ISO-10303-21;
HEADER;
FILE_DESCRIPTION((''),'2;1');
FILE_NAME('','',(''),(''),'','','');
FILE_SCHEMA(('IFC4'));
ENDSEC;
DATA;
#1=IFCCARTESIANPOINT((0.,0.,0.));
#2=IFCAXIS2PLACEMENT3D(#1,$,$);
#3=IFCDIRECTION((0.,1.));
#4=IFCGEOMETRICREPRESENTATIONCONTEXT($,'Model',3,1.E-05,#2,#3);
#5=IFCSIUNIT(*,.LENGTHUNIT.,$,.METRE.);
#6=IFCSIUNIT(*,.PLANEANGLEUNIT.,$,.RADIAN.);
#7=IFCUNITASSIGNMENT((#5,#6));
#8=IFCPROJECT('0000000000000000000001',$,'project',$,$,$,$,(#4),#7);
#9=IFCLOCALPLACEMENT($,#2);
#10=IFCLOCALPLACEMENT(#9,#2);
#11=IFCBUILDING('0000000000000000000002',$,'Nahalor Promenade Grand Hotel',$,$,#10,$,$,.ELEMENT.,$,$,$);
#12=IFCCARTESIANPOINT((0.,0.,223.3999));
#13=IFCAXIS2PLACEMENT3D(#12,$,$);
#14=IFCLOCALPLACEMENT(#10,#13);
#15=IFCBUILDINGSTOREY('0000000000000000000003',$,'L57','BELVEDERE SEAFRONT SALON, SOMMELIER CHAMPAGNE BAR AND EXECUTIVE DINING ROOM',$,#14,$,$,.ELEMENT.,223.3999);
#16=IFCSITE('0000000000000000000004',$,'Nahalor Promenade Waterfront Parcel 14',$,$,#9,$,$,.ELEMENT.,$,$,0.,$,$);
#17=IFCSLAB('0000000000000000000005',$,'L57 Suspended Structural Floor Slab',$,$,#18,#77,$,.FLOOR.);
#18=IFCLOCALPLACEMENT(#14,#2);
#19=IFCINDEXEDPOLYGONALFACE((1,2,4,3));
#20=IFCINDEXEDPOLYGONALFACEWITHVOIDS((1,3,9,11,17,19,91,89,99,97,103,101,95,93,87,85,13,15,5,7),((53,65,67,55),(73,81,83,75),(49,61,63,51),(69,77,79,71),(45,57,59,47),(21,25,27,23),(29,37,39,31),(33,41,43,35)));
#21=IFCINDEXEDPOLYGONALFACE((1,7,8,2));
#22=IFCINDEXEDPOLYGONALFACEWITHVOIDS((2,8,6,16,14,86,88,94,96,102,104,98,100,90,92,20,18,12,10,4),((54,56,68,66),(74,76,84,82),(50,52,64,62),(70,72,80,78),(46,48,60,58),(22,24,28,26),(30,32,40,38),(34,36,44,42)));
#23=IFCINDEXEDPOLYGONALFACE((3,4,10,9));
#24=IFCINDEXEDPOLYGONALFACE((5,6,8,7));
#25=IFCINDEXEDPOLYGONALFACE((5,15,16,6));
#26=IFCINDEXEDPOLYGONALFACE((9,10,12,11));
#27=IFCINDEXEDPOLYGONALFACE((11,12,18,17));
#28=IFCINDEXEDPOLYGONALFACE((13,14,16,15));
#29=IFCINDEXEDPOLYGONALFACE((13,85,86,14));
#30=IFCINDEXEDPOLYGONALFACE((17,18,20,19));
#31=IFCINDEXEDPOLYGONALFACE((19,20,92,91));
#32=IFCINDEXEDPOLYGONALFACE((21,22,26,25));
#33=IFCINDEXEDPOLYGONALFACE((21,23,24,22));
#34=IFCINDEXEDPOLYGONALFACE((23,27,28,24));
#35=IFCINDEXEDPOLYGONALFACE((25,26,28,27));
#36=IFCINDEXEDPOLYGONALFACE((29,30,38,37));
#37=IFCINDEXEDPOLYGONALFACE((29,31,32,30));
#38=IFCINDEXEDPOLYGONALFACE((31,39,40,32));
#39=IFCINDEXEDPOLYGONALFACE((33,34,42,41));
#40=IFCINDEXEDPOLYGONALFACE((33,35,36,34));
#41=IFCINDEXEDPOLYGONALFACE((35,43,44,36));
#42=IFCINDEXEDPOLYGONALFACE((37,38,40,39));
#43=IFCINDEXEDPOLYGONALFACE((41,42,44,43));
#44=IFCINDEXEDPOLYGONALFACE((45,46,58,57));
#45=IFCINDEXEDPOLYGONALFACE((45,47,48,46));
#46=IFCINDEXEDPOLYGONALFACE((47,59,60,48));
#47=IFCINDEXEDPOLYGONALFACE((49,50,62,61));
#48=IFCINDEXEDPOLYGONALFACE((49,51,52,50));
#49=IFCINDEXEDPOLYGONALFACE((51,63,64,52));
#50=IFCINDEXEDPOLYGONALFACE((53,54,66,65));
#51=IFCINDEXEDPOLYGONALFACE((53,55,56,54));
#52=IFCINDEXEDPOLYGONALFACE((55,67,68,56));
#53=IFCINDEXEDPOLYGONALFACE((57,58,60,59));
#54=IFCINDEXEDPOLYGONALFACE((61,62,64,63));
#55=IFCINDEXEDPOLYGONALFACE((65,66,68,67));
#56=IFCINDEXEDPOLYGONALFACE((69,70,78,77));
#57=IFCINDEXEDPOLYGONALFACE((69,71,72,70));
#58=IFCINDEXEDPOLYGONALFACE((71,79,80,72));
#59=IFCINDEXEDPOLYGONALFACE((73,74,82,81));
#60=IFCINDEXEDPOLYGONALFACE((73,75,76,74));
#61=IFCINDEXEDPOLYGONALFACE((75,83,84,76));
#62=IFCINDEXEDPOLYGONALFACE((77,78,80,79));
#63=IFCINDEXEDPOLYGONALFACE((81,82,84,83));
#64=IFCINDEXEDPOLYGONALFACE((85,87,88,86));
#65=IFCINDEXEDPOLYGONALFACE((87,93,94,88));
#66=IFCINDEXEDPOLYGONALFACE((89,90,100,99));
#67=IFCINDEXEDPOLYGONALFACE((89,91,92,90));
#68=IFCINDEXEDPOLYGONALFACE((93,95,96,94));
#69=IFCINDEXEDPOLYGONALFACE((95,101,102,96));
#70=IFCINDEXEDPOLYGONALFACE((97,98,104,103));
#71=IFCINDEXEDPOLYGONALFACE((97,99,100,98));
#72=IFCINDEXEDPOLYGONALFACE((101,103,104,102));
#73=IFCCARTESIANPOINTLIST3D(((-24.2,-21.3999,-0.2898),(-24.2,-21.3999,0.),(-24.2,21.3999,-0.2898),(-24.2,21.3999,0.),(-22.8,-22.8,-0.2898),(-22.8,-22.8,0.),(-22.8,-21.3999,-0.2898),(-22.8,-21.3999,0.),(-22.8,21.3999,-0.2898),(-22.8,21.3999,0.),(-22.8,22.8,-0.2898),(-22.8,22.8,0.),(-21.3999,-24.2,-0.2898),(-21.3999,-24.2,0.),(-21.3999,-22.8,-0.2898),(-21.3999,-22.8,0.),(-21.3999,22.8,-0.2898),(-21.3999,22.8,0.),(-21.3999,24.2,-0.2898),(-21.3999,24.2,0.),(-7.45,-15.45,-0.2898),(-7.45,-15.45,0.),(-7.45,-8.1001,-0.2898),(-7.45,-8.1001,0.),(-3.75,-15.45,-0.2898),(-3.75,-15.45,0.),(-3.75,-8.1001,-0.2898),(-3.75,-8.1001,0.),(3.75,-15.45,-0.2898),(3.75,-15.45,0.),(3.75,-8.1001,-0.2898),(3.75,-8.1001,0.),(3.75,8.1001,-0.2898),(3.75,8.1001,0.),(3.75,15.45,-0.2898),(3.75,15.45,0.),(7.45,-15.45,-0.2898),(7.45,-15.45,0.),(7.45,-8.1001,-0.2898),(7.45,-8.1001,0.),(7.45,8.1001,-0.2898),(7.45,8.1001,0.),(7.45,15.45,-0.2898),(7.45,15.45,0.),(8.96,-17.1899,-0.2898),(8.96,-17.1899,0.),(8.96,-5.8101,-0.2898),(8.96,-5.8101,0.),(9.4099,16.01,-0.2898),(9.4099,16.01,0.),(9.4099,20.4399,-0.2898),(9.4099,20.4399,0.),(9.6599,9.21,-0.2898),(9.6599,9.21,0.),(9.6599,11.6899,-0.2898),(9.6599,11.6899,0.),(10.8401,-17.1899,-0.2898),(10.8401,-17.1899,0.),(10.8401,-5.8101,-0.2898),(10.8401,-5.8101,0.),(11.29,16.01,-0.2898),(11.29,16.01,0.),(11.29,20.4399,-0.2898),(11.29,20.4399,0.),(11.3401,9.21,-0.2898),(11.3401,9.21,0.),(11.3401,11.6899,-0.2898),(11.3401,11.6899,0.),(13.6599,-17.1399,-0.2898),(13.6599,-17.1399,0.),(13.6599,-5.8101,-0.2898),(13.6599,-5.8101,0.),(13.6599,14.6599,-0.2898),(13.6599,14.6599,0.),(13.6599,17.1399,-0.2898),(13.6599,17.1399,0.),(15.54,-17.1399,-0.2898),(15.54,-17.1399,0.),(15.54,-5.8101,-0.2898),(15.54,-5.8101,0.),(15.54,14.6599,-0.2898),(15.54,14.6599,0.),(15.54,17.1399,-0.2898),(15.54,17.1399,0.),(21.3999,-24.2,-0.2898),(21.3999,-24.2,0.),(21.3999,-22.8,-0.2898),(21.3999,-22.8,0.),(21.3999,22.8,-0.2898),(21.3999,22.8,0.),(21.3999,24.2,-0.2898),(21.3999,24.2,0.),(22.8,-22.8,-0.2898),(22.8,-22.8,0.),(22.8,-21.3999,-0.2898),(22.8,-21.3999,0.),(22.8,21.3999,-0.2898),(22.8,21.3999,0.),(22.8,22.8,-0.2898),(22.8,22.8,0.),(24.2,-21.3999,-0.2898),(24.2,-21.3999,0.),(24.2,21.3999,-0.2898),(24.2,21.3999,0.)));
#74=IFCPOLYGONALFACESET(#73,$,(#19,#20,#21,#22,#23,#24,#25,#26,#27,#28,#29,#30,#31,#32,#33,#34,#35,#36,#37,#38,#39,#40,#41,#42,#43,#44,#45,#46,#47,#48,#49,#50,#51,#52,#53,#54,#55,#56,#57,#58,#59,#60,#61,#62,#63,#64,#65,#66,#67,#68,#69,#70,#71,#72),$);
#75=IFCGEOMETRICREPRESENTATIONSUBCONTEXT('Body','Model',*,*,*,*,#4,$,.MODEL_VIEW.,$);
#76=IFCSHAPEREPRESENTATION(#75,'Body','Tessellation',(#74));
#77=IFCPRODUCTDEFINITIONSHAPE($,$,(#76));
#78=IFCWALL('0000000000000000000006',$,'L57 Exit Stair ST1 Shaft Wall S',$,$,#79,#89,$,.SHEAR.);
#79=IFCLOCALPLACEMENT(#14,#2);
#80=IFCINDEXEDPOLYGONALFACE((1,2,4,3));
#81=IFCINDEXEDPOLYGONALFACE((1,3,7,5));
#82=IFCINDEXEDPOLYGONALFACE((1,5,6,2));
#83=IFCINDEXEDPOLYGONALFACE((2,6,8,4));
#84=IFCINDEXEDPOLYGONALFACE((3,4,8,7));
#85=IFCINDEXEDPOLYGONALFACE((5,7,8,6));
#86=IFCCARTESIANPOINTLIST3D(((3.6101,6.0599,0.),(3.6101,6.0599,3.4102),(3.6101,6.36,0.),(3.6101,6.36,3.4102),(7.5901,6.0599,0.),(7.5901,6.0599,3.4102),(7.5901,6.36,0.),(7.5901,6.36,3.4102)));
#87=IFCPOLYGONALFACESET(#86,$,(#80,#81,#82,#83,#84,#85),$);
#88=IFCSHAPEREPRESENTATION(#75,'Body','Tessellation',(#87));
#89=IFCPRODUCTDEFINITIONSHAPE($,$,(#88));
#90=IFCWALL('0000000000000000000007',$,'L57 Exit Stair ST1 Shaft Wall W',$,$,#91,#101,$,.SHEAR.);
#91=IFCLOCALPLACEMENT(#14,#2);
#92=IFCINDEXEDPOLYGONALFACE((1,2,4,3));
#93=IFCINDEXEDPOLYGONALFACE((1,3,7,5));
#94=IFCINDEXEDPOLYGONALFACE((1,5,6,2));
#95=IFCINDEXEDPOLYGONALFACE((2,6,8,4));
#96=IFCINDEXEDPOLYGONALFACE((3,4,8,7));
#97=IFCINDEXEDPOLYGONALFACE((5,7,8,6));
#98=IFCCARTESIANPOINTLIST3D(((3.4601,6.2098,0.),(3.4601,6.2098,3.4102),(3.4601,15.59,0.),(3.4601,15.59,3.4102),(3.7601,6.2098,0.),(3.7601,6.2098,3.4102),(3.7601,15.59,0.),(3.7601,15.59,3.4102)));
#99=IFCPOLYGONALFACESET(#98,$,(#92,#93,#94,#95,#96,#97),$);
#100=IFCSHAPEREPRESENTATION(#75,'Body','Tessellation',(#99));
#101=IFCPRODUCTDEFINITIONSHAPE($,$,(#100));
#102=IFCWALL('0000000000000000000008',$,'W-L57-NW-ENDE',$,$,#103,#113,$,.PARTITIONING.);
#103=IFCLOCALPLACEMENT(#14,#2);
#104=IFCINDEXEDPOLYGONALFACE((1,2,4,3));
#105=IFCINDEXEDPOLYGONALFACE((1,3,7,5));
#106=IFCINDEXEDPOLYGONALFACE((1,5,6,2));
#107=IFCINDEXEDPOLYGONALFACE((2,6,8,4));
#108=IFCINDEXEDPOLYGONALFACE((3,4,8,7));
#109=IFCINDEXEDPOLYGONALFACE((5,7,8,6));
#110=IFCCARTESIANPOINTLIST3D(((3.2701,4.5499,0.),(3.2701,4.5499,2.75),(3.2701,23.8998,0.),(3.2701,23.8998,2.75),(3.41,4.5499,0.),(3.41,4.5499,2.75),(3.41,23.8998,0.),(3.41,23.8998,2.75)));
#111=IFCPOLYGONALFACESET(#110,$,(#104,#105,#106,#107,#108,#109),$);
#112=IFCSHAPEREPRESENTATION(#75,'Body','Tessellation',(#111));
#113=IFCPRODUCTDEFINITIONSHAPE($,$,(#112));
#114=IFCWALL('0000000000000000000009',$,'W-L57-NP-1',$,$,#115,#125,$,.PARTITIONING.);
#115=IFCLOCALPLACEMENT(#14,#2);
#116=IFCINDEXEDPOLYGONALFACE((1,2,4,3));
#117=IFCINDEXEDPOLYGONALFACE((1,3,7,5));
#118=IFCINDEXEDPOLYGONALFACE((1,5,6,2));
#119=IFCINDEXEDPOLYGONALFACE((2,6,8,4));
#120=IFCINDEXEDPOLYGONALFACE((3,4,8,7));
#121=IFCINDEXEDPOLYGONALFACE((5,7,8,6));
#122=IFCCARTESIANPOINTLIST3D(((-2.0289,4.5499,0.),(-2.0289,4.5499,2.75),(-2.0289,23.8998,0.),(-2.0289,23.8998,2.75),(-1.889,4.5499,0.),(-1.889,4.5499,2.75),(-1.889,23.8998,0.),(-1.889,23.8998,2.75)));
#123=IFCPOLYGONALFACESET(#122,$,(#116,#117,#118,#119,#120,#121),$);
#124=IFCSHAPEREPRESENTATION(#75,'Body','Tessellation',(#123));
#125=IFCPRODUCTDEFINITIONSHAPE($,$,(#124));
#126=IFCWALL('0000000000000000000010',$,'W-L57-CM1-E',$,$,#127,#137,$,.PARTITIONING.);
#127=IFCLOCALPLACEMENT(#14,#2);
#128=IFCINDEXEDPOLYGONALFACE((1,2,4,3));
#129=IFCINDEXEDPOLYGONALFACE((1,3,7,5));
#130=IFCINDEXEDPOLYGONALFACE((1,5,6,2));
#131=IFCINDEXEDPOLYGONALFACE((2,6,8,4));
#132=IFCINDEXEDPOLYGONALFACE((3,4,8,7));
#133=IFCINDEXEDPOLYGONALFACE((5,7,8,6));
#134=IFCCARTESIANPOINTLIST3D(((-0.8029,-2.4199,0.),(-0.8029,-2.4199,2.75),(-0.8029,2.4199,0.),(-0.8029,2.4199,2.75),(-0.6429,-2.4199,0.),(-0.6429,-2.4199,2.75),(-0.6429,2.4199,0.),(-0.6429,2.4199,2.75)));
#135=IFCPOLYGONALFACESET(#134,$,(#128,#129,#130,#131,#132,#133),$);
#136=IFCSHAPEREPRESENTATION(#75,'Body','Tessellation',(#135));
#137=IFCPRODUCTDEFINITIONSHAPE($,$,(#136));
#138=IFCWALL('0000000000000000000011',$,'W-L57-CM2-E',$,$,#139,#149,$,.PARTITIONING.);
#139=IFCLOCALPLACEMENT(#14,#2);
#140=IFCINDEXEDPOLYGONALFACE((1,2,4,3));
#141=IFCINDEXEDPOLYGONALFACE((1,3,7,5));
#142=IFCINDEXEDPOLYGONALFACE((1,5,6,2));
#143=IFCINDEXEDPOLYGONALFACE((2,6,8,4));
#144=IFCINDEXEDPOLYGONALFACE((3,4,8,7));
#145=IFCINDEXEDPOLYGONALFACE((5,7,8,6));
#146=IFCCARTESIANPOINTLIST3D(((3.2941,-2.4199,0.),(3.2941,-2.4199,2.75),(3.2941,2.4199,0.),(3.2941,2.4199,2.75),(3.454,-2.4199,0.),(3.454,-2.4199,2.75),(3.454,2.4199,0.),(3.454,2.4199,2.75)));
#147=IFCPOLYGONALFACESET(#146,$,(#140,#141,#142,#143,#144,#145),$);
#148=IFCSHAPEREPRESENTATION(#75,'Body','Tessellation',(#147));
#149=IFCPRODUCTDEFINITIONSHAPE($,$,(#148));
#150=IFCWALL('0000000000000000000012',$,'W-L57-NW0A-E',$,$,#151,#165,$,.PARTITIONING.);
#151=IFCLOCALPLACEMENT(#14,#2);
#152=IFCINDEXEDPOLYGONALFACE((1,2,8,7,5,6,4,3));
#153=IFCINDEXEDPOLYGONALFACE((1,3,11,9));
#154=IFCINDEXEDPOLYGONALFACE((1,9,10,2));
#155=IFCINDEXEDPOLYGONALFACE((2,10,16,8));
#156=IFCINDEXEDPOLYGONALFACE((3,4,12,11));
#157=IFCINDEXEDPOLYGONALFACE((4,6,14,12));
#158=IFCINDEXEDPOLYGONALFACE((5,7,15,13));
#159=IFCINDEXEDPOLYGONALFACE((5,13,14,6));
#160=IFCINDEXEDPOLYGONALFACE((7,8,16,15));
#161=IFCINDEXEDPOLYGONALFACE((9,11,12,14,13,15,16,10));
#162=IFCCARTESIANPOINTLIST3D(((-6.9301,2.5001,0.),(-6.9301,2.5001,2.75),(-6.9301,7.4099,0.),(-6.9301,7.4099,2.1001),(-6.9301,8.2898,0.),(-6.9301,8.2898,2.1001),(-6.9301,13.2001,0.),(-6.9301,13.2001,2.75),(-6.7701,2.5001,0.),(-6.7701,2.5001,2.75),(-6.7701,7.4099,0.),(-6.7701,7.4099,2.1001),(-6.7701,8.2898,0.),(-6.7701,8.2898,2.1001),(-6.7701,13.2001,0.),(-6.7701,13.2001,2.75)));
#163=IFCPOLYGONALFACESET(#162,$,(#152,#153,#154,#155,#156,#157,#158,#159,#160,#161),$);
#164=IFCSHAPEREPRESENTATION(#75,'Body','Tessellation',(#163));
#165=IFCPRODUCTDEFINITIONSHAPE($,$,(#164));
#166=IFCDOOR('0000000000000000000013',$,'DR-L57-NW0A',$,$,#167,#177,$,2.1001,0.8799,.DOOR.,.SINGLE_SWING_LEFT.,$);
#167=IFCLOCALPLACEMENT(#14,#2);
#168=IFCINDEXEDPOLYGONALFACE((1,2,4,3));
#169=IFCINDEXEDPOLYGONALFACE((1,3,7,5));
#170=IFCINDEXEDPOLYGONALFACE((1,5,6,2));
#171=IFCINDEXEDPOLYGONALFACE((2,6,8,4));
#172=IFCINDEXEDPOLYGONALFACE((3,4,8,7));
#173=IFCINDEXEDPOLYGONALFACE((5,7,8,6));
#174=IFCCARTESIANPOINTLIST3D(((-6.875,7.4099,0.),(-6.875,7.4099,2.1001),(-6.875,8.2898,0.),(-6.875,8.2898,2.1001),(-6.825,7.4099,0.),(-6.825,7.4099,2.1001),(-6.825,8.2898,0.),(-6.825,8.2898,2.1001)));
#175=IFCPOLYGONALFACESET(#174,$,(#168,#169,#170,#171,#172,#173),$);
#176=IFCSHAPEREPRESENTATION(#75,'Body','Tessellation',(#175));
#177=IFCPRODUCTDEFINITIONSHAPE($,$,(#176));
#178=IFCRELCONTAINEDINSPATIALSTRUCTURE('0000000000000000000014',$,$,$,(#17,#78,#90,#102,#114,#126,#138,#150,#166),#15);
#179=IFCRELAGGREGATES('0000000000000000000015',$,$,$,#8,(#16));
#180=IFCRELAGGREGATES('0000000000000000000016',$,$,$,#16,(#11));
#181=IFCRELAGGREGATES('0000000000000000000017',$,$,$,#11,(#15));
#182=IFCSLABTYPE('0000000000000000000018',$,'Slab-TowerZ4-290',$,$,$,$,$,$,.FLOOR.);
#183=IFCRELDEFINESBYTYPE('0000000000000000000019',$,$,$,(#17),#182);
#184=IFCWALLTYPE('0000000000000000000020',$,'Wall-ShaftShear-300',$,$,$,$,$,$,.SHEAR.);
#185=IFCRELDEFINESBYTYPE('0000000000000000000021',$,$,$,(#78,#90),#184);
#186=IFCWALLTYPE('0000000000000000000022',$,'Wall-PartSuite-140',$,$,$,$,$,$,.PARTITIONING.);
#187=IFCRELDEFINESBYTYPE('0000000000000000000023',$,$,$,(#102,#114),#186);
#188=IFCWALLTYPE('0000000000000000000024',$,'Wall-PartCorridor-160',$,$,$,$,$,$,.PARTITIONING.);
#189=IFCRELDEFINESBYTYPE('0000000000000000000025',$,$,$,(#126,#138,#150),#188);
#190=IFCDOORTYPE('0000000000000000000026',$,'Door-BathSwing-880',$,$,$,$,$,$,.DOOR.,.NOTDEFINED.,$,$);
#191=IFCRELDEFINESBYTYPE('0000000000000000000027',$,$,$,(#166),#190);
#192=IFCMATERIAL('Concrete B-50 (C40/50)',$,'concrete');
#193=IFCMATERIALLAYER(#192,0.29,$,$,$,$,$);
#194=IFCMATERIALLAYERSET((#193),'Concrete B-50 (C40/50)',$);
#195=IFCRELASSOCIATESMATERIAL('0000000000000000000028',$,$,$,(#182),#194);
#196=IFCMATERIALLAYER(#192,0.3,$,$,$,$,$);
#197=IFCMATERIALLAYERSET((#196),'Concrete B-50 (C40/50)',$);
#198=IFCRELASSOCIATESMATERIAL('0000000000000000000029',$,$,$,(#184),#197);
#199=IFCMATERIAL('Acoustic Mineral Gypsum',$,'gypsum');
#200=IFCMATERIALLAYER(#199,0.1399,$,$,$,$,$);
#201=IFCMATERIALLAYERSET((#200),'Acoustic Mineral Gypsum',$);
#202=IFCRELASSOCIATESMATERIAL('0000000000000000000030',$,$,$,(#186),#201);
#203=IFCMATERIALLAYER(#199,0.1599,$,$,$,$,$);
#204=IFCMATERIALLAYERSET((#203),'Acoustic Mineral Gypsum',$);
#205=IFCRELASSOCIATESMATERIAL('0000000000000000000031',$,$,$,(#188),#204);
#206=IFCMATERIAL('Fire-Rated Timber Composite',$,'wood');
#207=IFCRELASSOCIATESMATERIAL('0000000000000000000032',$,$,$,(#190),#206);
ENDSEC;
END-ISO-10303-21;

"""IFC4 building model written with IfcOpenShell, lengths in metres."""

from ifc_helpers import new_model, si_unit, direction, frame, frame_2d, origin, place, context, subcontext, project, spatial, polyline, rectangle, outline, extrude, source, transform, mapped, material, layer, layer_set, type_object, element, fill, save


model = new_model("IFC4")

# Units and contexts
model_context = context("Model", 3, precision=1e-05, world=origin(), true_north=direction((0.0, 1.0)))
body_context = subcontext(model_context, "Body", "Model", "MODEL_VIEW")
ifc_project = project(units=[si_unit("LENGTHUNIT", "METRE"), si_unit("PLANEANGLEUNIT", "RADIAN")], contexts=[model_context])

# Site, building, storey
site_placement = place(None, origin())
site = spatial("IfcSite", under=ifc_project, at=site_placement, Name="Nahalor Promenade Waterfront Parcel 14", CompositionType="ELEMENT", RefElevation=0.0)
building_placement = place(site_placement, origin())
building = spatial("IfcBuilding", under=site, at=building_placement, Name="Nahalor Promenade Grand Hotel", CompositionType="ELEMENT")
storey_placement = place(building_placement, frame((0.0, 0.0, 223.3999)))
storey = spatial("IfcBuildingStorey", under=building, at=storey_placement, Name="L57", Description="BELVEDERE SEAFRONT SALON, SOMMELIER CHAMPAGNE BAR AND EXECUTIVE DINING ROOM", CompositionType="ELEMENT", Elevation=223.3999)

# Shared definitions
ifc_material_1 = material(Name="Concrete B-50 (C40/50)", Category="concrete")

# Slab
ifc_layer_1 = layer(ifc_material_1, 0.29)
ifc_layer_set_1 = layer_set([ifc_layer_1], Name="Concrete B-50 (C40/50)")
slab_type_1 = type_object("IfcSlabType", Name="Slab-TowerZ4-290", PredefinedType="FLOOR", material=ifc_layer_set_1)
slab_1_placement = place(storey_placement, frame((0.0, 0.0, -0.2898)))
element("IfcSlab", 1, at=slab_1_placement, inside=storey, type_object=slab_type_1, Name="L57 Suspended Structural Floor Slab", PredefinedType="FLOOR", context=body_context, shape_type="SweptSolid", body=[
    extrude(outline(polyline([(-21.3999, -24.2), (21.3999, -24.2), (21.3999, -22.8), (22.8, -22.8), (22.8, -21.3999), (24.2, -21.3999), (24.2, 21.3999), (22.8, 21.3999), (22.8, 22.8), (21.3999, 22.8), (21.3999, 24.2), (-21.3999, 24.2), (-21.3999, 22.8), (-22.8, 22.8), (-22.8, 21.3999), (-24.2, 21.3999), (-24.2, -21.3999), (-22.8, -21.3999), (-22.8, -22.8), (-21.3999, -22.8), (-21.3999, -24.2)]), holes=[polyline([(3.75, 8.1001), (7.45, 8.1001), (7.45, 15.45), (3.75, 15.45), (3.75, 8.1001)]), polyline([(3.75, -15.45), (7.45, -15.45), (7.45, -8.1001), (3.75, -8.1001), (3.75, -15.45)]), polyline([(-7.45, -15.45), (-3.75, -15.45), (-3.75, -8.1001), (-7.45, -8.1001), (-7.45, -15.45)]), polyline([(13.6599, -17.1399), (15.54, -17.1399), (15.54, -5.8101), (13.6599, -5.8101), (13.6599, -17.1399)]), polyline([(8.96, -17.1899), (10.8401, -17.1899), (10.8401, -5.8101), (8.96, -5.8101), (8.96, -17.1899)]), polyline([(9.4099, 16.01), (11.29, 16.01), (11.29, 20.4399), (9.4099, 20.4399), (9.4099, 16.01)]), polyline([(9.6599, 9.21), (11.3401, 9.21), (11.3401, 11.6899), (9.6599, 11.6899), (9.6599, 9.21)]), polyline([(13.6599, 14.6599), (15.54, 14.6599), (15.54, 17.1399), (13.6599, 17.1399), (13.6599, 14.6599)])]), origin(), (0.0, 0.0, 1.0), 0.2898),
])

# Walls
ifc_layer_2 = layer(ifc_material_1, 0.3)
ifc_layer_set_2 = layer_set([ifc_layer_2], Name="Concrete B-50 (C40/50)")
wall_type_1 = type_object("IfcWallType", Name="Wall-ShaftShear-300", PredefinedType="SHEAR", material=ifc_layer_set_2)
shared_shape_1 = source(origin(), body_context, "Body", "SweptSolid", [
    extrude(rectangle(XDim=3.98, YDim=0.3, at=frame_2d((1.99, 0.0))), origin(), (0.0, 0.0, 1.0), 3.4102),
])
wall_1_placement = place(storey_placement, frame((3.6101, 6.21, 0.0), z_axis=(0.0, 0.0, 1.0), x_axis=(1.0, 0.0, 0.0)))
element("IfcWall", 2, at=wall_1_placement, inside=storey, type_object=wall_type_1, Name="L57 Exit Stair ST1 Shaft Wall S", PredefinedType="SHEAR", context=body_context, shape_type="MappedRepresentation", body=[
    mapped(shared_shape_1, transform((0.0, 0.0, 0.0), scale=1.0)),
])
shared_shape_2 = source(origin(), body_context, "Body", "SweptSolid", [
    extrude(rectangle(XDim=9.3801, YDim=0.3, at=frame_2d((4.6899, 0.0))), origin(), (0.0, 0.0, 1.0), 3.4102),
])
wall_2_placement = place(storey_placement, frame((3.6101, 6.21, 0.0), z_axis=(0.0, 0.0, 1.0), x_axis=(0.0, 1.0, 0.0)))
element("IfcWall", 3, at=wall_2_placement, inside=storey, type_object=wall_type_1, Name="L57 Exit Stair ST1 Shaft Wall W", PredefinedType="SHEAR", context=body_context, shape_type="MappedRepresentation", body=[
    mapped(shared_shape_2, transform((0.0, 0.0, 0.0), scale=1.0)),
])
ifc_material_2 = material(Name="Acoustic Mineral Gypsum", Category="gypsum")
ifc_layer_3 = layer(ifc_material_2, 0.1399)
ifc_layer_set_3 = layer_set([ifc_layer_3], Name="Acoustic Mineral Gypsum")
wall_type_2 = type_object("IfcWallType", Name="Wall-PartSuite-140", PredefinedType="PARTITIONING", material=ifc_layer_set_3)
shared_shape_3 = source(origin(), body_context, "Body", "SweptSolid", [
    extrude(rectangle(XDim=19.3499, YDim=0.1399, at=frame_2d((9.6748, 0.0))), origin(), (0.0, 0.0, 1.0), 2.75),
])
for number, where, z_axis, x_axis, name in (
    (4, (3.3401, 4.55, 0.0), (0.0, 0.0, 1.0), (0.0, 1.0, 0.0), "W-L57-NW-ENDE"),
    (5, (-1.959, 4.55, 0.0), (0.0, 0.0, 1.0), (0.0, 1.0, 0.0), "W-L57-NP-1"),
):
    element("IfcWall", number, at=place(storey_placement, frame(where, z_axis=z_axis, x_axis=x_axis)), inside=storey, type_object=wall_type_2, Name=name, PredefinedType="PARTITIONING", context=body_context, shape_type="MappedRepresentation", body=[
        mapped(shared_shape_3, transform((0.0, 0.0, 0.0), scale=1.0)),
    ])
ifc_layer_4 = layer(ifc_material_2, 0.1599)
ifc_layer_set_4 = layer_set([ifc_layer_4], Name="Acoustic Mineral Gypsum")
wall_type_3 = type_object("IfcWallType", Name="Wall-PartCorridor-160", PredefinedType="PARTITIONING", material=ifc_layer_set_4)
shared_shape_4 = source(origin(), body_context, "Body", "SweptSolid", [
    extrude(rectangle(XDim=4.8398, YDim=0.1599, at=frame_2d((2.4199, 0.0))), origin(), (0.0, 0.0, 1.0), 2.75),
])
for number, where, z_axis, x_axis, name in (
    (6, (-0.7229, -2.4199, 0.0), (0.0, 0.0, 1.0), (0.0, 1.0, 0.0), "W-L57-CM1-E"),
    (7, (3.374, -2.4199, 0.0), (0.0, 0.0, 1.0), (0.0, 1.0, 0.0), "W-L57-CM2-E"),
):
    element("IfcWall", number, at=place(storey_placement, frame(where, z_axis=z_axis, x_axis=x_axis)), inside=storey, type_object=wall_type_3, Name=name, PredefinedType="PARTITIONING", context=body_context, shape_type="MappedRepresentation", body=[
        mapped(shared_shape_4, transform((0.0, 0.0, 0.0), scale=1.0)),
    ])

# Wall, opening, door
shared_shape_5 = source(origin(), body_context, "Body", "SweptSolid", [
    extrude(rectangle(XDim=10.7, YDim=0.1599, at=frame_2d((5.3501, 0.0))), origin(), (0.0, 0.0, 1.0), 2.75),
])
wall_3_placement = place(storey_placement, frame((-6.8501, 2.5, 0.0), z_axis=(0.0, 0.0, 1.0), x_axis=(0.0, 1.0, 0.0)))
wall_3 = element("IfcWall", 8, at=wall_3_placement, inside=storey, type_object=wall_type_3, Name="W-L57-NW0A-E", PredefinedType="PARTITIONING", context=body_context, shape_type="MappedRepresentation", body=[
    mapped(shared_shape_5, transform((0.0, 0.0, 0.0), scale=1.0)),
])
opening_1_placement = place(wall_3_placement, frame((4.9099, 0.0, 0.0)))
opening_1 = element("IfcOpeningElement", 9, at=opening_1_placement, cuts=wall_3, PredefinedType="OPENING", context=body_context, shape_type="SweptSolid", body=[
    extrude(rectangle(XDim=0.8799, YDim=2.1001, at=frame_2d((0.4399, 1.05))), frame((0.0, 0.0898, 0.0), z_axis=(0.0, -1.0, 0.0), x_axis=(1.0, 0.0, 0.0)), (0.0, 0.0, 1.0), 0.1799),
])
ifc_material_3 = material(Name="Fire-Rated Timber Composite", Category="wood")
door_type_1 = type_object("IfcDoorType", Name="Door-BathSwing-880", OperationType="NOTDEFINED", PredefinedType="DOOR", material=ifc_material_3)
shared_shape_6 = source(origin(), body_context, "Body", "SweptSolid", [
    extrude(rectangle(XDim=0.8799, YDim=2.1001, at=frame_2d((0.4399, 1.05))), frame((0.0, 0.0249, 0.0), z_axis=(0.0, -1.0, 0.0), x_axis=(1.0, 0.0, 0.0)), (0.0, 0.0, 1.0), 0.05),
])
door_1_placement = place(opening_1_placement, origin())
door_1 = element("IfcDoor", 10, at=door_1_placement, inside=storey, type_object=door_type_1, Name="DR-L57-NW0A", OperationType="SINGLE_SWING_LEFT", OverallHeight=2.1001, OverallWidth=0.8799, PredefinedType="DOOR", context=body_context, shape_type="MappedRepresentation", body=[
    mapped(shared_shape_6, transform((0.0, 0.0, 0.0), scale=1.0)),
])
fill(opening_1, door_1)

save(model, "model.ifc")
